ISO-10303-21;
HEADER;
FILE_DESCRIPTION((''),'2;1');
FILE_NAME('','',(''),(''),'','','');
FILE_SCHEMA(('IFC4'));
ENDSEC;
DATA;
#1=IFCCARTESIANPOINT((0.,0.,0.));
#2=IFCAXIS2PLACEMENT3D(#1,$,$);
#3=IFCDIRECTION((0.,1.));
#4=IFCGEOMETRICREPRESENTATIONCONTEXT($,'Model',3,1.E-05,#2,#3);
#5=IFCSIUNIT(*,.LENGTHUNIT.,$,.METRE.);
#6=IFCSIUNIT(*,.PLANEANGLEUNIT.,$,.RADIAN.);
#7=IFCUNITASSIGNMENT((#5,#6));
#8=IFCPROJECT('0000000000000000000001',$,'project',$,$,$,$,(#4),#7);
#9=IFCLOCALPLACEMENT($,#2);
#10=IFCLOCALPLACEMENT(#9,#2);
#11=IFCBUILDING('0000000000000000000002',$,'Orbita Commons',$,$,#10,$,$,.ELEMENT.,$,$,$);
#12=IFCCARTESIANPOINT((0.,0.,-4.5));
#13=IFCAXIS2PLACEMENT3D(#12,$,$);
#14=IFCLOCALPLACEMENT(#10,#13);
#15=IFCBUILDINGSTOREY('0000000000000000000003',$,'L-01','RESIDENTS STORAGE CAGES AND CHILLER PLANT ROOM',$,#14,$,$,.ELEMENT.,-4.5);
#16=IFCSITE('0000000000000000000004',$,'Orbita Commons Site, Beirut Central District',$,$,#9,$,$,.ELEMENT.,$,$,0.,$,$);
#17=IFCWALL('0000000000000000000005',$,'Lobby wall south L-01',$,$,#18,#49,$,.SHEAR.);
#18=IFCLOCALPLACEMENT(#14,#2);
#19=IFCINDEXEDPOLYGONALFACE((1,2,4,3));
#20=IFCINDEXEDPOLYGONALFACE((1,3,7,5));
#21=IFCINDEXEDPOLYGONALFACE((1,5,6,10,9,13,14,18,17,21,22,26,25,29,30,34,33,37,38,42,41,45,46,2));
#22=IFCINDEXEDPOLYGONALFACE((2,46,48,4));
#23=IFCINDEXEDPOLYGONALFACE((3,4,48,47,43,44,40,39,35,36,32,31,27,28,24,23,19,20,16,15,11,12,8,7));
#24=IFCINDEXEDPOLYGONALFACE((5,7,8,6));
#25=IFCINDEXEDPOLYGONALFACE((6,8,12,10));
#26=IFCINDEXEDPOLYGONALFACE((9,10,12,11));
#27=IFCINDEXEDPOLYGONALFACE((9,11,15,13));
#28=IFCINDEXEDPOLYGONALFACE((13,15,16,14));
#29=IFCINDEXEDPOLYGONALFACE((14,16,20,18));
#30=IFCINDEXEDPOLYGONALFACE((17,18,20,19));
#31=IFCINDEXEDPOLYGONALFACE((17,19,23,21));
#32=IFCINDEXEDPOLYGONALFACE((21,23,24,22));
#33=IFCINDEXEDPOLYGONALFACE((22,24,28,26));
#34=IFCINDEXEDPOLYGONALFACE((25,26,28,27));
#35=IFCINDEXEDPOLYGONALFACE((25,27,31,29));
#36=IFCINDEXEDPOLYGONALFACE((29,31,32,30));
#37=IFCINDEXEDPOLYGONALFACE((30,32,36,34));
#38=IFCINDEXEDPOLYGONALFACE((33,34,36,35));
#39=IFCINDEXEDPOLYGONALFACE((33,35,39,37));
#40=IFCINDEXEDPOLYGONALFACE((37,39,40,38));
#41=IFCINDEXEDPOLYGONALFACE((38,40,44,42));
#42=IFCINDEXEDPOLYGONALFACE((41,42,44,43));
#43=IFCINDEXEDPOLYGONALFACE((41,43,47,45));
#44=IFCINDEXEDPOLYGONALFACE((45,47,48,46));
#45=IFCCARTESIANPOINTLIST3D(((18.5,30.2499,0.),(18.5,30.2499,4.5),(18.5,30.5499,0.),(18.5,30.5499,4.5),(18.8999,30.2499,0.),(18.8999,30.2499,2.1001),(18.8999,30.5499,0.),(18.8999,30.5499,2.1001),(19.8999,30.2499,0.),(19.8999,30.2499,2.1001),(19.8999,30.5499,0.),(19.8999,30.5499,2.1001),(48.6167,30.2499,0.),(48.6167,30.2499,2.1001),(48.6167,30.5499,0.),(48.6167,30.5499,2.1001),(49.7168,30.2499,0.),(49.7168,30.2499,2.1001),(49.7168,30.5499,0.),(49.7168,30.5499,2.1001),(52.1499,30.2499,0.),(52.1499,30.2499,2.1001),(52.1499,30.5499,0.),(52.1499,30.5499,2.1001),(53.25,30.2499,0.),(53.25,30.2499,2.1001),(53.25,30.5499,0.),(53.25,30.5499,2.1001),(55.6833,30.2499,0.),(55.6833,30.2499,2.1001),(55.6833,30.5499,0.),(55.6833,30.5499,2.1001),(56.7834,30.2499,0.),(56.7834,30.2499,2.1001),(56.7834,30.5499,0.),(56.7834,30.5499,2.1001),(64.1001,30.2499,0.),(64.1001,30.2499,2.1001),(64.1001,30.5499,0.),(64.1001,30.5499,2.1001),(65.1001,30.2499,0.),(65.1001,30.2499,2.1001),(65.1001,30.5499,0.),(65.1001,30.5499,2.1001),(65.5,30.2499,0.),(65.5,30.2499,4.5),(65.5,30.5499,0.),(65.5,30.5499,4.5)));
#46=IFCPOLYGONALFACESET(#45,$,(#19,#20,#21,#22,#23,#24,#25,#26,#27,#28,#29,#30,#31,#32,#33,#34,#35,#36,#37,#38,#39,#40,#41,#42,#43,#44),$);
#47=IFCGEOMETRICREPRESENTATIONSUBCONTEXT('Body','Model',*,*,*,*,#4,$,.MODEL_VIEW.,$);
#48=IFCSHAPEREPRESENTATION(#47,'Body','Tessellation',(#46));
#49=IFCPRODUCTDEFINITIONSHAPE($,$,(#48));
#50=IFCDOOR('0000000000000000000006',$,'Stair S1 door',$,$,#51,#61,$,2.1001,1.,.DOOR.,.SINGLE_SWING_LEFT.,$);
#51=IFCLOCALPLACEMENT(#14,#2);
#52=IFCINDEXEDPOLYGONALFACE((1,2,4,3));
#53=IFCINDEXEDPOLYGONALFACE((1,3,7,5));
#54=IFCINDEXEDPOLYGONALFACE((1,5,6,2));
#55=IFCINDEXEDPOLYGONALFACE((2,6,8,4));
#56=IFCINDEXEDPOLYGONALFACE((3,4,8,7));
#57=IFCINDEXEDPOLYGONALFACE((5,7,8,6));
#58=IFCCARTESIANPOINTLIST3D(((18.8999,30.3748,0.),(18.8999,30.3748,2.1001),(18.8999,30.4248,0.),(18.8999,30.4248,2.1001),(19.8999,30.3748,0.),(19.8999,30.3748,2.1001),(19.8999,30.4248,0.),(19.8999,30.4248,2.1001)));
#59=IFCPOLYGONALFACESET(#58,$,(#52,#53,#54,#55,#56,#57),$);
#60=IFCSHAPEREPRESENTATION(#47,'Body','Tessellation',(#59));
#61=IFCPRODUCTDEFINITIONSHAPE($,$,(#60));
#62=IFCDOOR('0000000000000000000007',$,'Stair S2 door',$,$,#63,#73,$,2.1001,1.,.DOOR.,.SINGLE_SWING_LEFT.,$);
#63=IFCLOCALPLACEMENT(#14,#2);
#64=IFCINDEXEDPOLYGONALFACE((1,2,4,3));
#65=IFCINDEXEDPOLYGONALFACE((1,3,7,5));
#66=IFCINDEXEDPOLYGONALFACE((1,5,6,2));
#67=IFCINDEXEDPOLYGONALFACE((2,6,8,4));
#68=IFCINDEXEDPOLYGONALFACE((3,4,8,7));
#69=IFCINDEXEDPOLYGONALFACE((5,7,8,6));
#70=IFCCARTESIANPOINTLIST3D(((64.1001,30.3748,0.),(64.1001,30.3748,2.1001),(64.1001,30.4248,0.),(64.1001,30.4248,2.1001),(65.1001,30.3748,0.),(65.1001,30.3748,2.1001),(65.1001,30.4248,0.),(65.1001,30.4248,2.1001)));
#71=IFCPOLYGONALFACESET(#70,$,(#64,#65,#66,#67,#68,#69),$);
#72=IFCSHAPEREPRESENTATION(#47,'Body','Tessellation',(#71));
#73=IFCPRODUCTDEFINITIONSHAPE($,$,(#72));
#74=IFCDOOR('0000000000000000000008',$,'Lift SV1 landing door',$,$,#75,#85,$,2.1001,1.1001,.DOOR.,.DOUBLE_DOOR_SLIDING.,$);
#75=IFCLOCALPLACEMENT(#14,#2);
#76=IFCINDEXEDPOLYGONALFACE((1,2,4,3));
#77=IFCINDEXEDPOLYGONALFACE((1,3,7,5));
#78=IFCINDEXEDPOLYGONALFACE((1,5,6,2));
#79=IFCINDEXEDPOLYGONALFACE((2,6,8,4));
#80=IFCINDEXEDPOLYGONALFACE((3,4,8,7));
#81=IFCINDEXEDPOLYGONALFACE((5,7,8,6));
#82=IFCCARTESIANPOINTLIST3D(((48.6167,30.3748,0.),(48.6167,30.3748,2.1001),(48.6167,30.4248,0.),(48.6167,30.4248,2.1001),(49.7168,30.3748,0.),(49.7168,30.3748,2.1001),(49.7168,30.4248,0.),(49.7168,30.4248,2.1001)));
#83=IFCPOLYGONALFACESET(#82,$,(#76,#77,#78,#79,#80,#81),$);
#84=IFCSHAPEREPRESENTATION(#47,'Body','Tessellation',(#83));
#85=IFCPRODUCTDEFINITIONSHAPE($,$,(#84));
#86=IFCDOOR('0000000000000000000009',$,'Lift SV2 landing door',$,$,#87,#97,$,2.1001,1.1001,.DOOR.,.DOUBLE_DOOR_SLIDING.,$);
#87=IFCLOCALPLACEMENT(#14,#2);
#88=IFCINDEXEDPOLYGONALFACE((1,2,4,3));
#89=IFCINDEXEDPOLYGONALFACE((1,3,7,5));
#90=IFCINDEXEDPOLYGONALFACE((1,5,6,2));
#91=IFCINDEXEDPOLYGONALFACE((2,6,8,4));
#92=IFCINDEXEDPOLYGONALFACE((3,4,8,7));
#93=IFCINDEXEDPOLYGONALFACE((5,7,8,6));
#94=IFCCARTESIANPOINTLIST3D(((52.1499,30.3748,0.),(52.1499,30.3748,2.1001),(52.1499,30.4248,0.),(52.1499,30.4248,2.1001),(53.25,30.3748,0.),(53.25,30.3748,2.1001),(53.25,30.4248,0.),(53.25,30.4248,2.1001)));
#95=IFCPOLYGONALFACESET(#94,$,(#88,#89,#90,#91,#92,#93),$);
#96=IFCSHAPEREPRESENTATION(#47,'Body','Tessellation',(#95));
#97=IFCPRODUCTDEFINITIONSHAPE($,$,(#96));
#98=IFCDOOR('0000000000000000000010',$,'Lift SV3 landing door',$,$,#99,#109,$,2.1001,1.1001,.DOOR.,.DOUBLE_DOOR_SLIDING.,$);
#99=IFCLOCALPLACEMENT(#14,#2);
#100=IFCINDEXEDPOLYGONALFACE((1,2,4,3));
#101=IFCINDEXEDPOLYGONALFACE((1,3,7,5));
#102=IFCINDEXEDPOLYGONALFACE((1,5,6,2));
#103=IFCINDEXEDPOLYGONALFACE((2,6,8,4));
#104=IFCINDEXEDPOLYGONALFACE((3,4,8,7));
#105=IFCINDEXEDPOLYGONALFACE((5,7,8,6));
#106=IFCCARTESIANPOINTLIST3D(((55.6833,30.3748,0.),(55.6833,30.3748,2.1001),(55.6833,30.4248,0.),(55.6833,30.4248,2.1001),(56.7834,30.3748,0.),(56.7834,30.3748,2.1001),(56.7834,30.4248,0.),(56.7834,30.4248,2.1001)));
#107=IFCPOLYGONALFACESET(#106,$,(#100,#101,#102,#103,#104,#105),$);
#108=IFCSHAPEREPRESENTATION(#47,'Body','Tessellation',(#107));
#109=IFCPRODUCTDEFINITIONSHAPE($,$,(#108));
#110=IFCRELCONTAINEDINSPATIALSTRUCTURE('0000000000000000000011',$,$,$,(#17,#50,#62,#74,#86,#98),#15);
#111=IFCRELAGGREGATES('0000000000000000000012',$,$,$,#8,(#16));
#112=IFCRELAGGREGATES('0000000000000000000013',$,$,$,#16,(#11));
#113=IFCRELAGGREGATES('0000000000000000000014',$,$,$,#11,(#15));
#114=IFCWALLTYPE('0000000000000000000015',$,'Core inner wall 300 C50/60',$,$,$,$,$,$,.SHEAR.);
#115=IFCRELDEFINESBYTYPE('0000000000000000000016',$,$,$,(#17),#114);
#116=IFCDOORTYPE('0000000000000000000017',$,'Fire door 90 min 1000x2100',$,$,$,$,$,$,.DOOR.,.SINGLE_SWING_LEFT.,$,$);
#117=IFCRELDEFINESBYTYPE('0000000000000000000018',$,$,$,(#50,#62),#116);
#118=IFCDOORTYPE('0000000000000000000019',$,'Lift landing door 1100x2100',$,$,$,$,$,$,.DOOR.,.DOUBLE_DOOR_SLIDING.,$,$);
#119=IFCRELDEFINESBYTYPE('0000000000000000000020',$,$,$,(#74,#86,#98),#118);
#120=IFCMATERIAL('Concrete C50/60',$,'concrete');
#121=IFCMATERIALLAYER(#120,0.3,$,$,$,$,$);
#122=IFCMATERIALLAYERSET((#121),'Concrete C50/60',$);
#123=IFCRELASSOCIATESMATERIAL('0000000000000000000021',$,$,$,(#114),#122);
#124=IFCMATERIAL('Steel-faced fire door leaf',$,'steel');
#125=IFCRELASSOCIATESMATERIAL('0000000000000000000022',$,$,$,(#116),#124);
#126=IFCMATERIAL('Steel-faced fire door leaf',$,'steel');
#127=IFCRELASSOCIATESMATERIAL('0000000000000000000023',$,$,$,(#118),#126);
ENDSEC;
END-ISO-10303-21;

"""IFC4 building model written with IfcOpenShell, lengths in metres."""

from ifc_helpers import new_model, si_unit, direction, frame, frame_2d, origin, place, context, subcontext, project, spatial, rectangle, extrude, material, layer, layer_set, type_object, element, fill, save


model = new_model("IFC4")

# Units and contexts
model_context = context("Model", 3, precision=1e-05, world=origin(), true_north=direction((0.0, 1.0)))
body_context = subcontext(model_context, "Body", "Model", "MODEL_VIEW")
ifc_project = project(units=[si_unit("LENGTHUNIT", "METRE"), si_unit("PLANEANGLEUNIT", "RADIAN")], contexts=[model_context])

# Site, building, storey
site_placement = place(None, origin())
site = spatial("IfcSite", under=ifc_project, at=site_placement, Name="Orbita Commons Site, Beirut Central District", CompositionType="ELEMENT", RefElevation=0.0)
building_placement = place(site_placement, origin())
building = spatial("IfcBuilding", under=site, at=building_placement, Name="Orbita Commons", CompositionType="ELEMENT")
storey_placement = place(building_placement, frame((0.0, 0.0, -4.5)))
storey = spatial("IfcBuildingStorey", under=building, at=storey_placement, Name="L-01", Description="RESIDENTS STORAGE CAGES AND CHILLER PLANT ROOM", CompositionType="ELEMENT", Elevation=-4.5)

# Wall, openings, doors
ifc_material_1 = material(Name="Concrete C50/60", Category="concrete")
ifc_layer = layer(ifc_material_1, 0.3)
ifc_layer_set = layer_set([ifc_layer], Name="Concrete C50/60")
wall_type = type_object("IfcWallType", Name="Core inner wall 300 C50/60", PredefinedType="SHEAR", material=ifc_layer_set)
wall_1_placement = place(storey_placement, frame((18.5, 30.3999, 0.0), z_axis=(0.0, 0.0, 1.0), x_axis=(1.0, 0.0, 0.0)))
wall_1 = element("IfcWall", 1, at=wall_1_placement, inside=storey, type_object=wall_type, Name="Lobby wall south L-01", PredefinedType="SHEAR", context=body_context, shape_type="SweptSolid", body=[
    extrude(rectangle(XDim=47.0, YDim=0.3, at=frame_2d((23.5, 0.0))), origin(), (0.0, 0.0, 1.0), 4.5),
])
opening_1_placement = place(wall_1_placement, frame((0.3999, 0.0, 0.0)))
opening_1 = element("IfcOpeningElement", 2, at=opening_1_placement, cuts=wall_1, PredefinedType="OPENING", context=body_context, shape_type="SweptSolid", body=[
    extrude(rectangle(XDim=1.0, YDim=2.1001, at=frame_2d((0.5, 1.05))), frame((0.0, 0.1599, 0.0), z_axis=(0.0, -1.0, 0.0), x_axis=(1.0, 0.0, 0.0)), (0.0, 0.0, 1.0), 0.3201),
])
opening_2_placement = place(wall_1_placement, frame((45.6001, 0.0, 0.0)))
opening_2 = element("IfcOpeningElement", 3, at=opening_2_placement, cuts=wall_1, PredefinedType="OPENING", context=body_context, shape_type="SweptSolid", body=[
    extrude(rectangle(XDim=1.0, YDim=2.1001, at=frame_2d((0.5, 1.05))), frame((0.0, 0.1599, 0.0), z_axis=(0.0, -1.0, 0.0), x_axis=(1.0, 0.0, 0.0)), (0.0, 0.0, 1.0), 0.3201),
])
opening_3_placement = place(wall_1_placement, frame((30.1167, 0.0, 0.0)))
opening_3 = element("IfcOpeningElement", 4, at=opening_3_placement, cuts=wall_1, PredefinedType="OPENING", context=body_context, shape_type="SweptSolid", body=[
    extrude(rectangle(XDim=1.1001, YDim=2.1001, at=frame_2d((0.55, 1.05))), frame((0.0, 0.1599, 0.0), z_axis=(0.0, -1.0, 0.0), x_axis=(1.0, 0.0, 0.0)), (0.0, 0.0, 1.0), 0.3201),
])
opening_4_placement = place(wall_1_placement, frame((33.6499, 0.0, 0.0)))
opening_4 = element("IfcOpeningElement", 5, at=opening_4_placement, cuts=wall_1, PredefinedType="OPENING", context=body_context, shape_type="SweptSolid", body=[
    extrude(rectangle(XDim=1.1001, YDim=2.1001, at=frame_2d((0.55, 1.05))), frame((0.0, 0.1599, 0.0), z_axis=(0.0, -1.0, 0.0), x_axis=(1.0, 0.0, 0.0)), (0.0, 0.0, 1.0), 0.3201),
])
opening_5_placement = place(wall_1_placement, frame((37.1833, 0.0, 0.0)))
opening_5 = element("IfcOpeningElement", 6, at=opening_5_placement, cuts=wall_1, PredefinedType="OPENING", context=body_context, shape_type="SweptSolid", body=[
    extrude(rectangle(XDim=1.1001, YDim=2.1001, at=frame_2d((0.55, 1.05))), frame((0.0, 0.1599, 0.0), z_axis=(0.0, -1.0, 0.0), x_axis=(1.0, 0.0, 0.0)), (0.0, 0.0, 1.0), 0.3201),
])
ifc_material_2 = material(Name="Steel-faced fire door leaf", Category="steel")
door_type_1 = type_object("IfcDoorType", Name="Fire door 90 min 1000x2100", OperationType="SINGLE_SWING_LEFT", PredefinedType="DOOR", material=ifc_material_2)
door_1_placement = place(opening_1_placement, origin())
door_1 = element("IfcDoor", 7, at=door_1_placement, inside=storey, type_object=door_type_1, Name="Stair S1 door", OperationType="SINGLE_SWING_LEFT", OverallHeight=2.1001, OverallWidth=1.0, PredefinedType="DOOR", context=body_context, shape_type="SweptSolid", body=[
    extrude(rectangle(XDim=1.0, YDim=2.1001, at=frame_2d((0.5, 1.05))), frame((0.0, 0.0249, 0.0), z_axis=(0.0, -1.0, 0.0), x_axis=(1.0, 0.0, 0.0)), (0.0, 0.0, 1.0), 0.05),
])
fill(opening_1, door_1)
door_2_placement = place(opening_2_placement, origin())
door_2 = element("IfcDoor", 8, at=door_2_placement, inside=storey, type_object=door_type_1, Name="Stair S2 door", OperationType="SINGLE_SWING_LEFT", OverallHeight=2.1001, OverallWidth=1.0, PredefinedType="DOOR", context=body_context, shape_type="SweptSolid", body=[
    extrude(rectangle(XDim=1.0, YDim=2.1001, at=frame_2d((0.5, 1.05))), frame((0.0, 0.0249, 0.0), z_axis=(0.0, -1.0, 0.0), x_axis=(1.0, 0.0, 0.0)), (0.0, 0.0, 1.0), 0.05),
])
fill(opening_2, door_2)
ifc_material_3 = material(Name="Steel-faced fire door leaf", Category="steel")
door_type_2 = type_object("IfcDoorType", Name="Lift landing door 1100x2100", OperationType="DOUBLE_DOOR_SLIDING", PredefinedType="DOOR", material=ifc_material_3)
door_3_placement = place(opening_3_placement, origin())
door_3 = element("IfcDoor", 9, at=door_3_placement, inside=storey, type_object=door_type_2, Name="Lift SV1 landing door", OperationType="DOUBLE_DOOR_SLIDING", OverallHeight=2.1001, OverallWidth=1.1001, PredefinedType="DOOR", context=body_context, shape_type="SweptSolid", body=[
    extrude(rectangle(XDim=1.1001, YDim=2.1001, at=frame_2d((0.55, 1.05))), frame((0.0, 0.0249, 0.0), z_axis=(0.0, -1.0, 0.0), x_axis=(1.0, 0.0, 0.0)), (0.0, 0.0, 1.0), 0.05),
])
fill(opening_3, door_3)
door_4_placement = place(opening_4_placement, origin())
door_4 = element("IfcDoor", 10, at=door_4_placement, inside=storey, type_object=door_type_2, Name="Lift SV2 landing door", OperationType="DOUBLE_DOOR_SLIDING", OverallHeight=2.1001, OverallWidth=1.1001, PredefinedType="DOOR", context=body_context, shape_type="SweptSolid", body=[
    extrude(rectangle(XDim=1.1001, YDim=2.1001, at=frame_2d((0.55, 1.05))), frame((0.0, 0.0249, 0.0), z_axis=(0.0, -1.0, 0.0), x_axis=(1.0, 0.0, 0.0)), (0.0, 0.0, 1.0), 0.05),
])
fill(opening_4, door_4)
door_5_placement = place(opening_5_placement, origin())
door_5 = element("IfcDoor", 11, at=door_5_placement, inside=storey, type_object=door_type_2, Name="Lift SV3 landing door", OperationType="DOUBLE_DOOR_SLIDING", OverallHeight=2.1001, OverallWidth=1.1001, PredefinedType="DOOR", context=body_context, shape_type="SweptSolid", body=[
    extrude(rectangle(XDim=1.1001, YDim=2.1001, at=frame_2d((0.55, 1.05))), frame((0.0, 0.0249, 0.0), z_axis=(0.0, -1.0, 0.0), x_axis=(1.0, 0.0, 0.0)), (0.0, 0.0, 1.0), 0.05),
])
fill(opening_5, door_5)

save(model, "model.ifc")
